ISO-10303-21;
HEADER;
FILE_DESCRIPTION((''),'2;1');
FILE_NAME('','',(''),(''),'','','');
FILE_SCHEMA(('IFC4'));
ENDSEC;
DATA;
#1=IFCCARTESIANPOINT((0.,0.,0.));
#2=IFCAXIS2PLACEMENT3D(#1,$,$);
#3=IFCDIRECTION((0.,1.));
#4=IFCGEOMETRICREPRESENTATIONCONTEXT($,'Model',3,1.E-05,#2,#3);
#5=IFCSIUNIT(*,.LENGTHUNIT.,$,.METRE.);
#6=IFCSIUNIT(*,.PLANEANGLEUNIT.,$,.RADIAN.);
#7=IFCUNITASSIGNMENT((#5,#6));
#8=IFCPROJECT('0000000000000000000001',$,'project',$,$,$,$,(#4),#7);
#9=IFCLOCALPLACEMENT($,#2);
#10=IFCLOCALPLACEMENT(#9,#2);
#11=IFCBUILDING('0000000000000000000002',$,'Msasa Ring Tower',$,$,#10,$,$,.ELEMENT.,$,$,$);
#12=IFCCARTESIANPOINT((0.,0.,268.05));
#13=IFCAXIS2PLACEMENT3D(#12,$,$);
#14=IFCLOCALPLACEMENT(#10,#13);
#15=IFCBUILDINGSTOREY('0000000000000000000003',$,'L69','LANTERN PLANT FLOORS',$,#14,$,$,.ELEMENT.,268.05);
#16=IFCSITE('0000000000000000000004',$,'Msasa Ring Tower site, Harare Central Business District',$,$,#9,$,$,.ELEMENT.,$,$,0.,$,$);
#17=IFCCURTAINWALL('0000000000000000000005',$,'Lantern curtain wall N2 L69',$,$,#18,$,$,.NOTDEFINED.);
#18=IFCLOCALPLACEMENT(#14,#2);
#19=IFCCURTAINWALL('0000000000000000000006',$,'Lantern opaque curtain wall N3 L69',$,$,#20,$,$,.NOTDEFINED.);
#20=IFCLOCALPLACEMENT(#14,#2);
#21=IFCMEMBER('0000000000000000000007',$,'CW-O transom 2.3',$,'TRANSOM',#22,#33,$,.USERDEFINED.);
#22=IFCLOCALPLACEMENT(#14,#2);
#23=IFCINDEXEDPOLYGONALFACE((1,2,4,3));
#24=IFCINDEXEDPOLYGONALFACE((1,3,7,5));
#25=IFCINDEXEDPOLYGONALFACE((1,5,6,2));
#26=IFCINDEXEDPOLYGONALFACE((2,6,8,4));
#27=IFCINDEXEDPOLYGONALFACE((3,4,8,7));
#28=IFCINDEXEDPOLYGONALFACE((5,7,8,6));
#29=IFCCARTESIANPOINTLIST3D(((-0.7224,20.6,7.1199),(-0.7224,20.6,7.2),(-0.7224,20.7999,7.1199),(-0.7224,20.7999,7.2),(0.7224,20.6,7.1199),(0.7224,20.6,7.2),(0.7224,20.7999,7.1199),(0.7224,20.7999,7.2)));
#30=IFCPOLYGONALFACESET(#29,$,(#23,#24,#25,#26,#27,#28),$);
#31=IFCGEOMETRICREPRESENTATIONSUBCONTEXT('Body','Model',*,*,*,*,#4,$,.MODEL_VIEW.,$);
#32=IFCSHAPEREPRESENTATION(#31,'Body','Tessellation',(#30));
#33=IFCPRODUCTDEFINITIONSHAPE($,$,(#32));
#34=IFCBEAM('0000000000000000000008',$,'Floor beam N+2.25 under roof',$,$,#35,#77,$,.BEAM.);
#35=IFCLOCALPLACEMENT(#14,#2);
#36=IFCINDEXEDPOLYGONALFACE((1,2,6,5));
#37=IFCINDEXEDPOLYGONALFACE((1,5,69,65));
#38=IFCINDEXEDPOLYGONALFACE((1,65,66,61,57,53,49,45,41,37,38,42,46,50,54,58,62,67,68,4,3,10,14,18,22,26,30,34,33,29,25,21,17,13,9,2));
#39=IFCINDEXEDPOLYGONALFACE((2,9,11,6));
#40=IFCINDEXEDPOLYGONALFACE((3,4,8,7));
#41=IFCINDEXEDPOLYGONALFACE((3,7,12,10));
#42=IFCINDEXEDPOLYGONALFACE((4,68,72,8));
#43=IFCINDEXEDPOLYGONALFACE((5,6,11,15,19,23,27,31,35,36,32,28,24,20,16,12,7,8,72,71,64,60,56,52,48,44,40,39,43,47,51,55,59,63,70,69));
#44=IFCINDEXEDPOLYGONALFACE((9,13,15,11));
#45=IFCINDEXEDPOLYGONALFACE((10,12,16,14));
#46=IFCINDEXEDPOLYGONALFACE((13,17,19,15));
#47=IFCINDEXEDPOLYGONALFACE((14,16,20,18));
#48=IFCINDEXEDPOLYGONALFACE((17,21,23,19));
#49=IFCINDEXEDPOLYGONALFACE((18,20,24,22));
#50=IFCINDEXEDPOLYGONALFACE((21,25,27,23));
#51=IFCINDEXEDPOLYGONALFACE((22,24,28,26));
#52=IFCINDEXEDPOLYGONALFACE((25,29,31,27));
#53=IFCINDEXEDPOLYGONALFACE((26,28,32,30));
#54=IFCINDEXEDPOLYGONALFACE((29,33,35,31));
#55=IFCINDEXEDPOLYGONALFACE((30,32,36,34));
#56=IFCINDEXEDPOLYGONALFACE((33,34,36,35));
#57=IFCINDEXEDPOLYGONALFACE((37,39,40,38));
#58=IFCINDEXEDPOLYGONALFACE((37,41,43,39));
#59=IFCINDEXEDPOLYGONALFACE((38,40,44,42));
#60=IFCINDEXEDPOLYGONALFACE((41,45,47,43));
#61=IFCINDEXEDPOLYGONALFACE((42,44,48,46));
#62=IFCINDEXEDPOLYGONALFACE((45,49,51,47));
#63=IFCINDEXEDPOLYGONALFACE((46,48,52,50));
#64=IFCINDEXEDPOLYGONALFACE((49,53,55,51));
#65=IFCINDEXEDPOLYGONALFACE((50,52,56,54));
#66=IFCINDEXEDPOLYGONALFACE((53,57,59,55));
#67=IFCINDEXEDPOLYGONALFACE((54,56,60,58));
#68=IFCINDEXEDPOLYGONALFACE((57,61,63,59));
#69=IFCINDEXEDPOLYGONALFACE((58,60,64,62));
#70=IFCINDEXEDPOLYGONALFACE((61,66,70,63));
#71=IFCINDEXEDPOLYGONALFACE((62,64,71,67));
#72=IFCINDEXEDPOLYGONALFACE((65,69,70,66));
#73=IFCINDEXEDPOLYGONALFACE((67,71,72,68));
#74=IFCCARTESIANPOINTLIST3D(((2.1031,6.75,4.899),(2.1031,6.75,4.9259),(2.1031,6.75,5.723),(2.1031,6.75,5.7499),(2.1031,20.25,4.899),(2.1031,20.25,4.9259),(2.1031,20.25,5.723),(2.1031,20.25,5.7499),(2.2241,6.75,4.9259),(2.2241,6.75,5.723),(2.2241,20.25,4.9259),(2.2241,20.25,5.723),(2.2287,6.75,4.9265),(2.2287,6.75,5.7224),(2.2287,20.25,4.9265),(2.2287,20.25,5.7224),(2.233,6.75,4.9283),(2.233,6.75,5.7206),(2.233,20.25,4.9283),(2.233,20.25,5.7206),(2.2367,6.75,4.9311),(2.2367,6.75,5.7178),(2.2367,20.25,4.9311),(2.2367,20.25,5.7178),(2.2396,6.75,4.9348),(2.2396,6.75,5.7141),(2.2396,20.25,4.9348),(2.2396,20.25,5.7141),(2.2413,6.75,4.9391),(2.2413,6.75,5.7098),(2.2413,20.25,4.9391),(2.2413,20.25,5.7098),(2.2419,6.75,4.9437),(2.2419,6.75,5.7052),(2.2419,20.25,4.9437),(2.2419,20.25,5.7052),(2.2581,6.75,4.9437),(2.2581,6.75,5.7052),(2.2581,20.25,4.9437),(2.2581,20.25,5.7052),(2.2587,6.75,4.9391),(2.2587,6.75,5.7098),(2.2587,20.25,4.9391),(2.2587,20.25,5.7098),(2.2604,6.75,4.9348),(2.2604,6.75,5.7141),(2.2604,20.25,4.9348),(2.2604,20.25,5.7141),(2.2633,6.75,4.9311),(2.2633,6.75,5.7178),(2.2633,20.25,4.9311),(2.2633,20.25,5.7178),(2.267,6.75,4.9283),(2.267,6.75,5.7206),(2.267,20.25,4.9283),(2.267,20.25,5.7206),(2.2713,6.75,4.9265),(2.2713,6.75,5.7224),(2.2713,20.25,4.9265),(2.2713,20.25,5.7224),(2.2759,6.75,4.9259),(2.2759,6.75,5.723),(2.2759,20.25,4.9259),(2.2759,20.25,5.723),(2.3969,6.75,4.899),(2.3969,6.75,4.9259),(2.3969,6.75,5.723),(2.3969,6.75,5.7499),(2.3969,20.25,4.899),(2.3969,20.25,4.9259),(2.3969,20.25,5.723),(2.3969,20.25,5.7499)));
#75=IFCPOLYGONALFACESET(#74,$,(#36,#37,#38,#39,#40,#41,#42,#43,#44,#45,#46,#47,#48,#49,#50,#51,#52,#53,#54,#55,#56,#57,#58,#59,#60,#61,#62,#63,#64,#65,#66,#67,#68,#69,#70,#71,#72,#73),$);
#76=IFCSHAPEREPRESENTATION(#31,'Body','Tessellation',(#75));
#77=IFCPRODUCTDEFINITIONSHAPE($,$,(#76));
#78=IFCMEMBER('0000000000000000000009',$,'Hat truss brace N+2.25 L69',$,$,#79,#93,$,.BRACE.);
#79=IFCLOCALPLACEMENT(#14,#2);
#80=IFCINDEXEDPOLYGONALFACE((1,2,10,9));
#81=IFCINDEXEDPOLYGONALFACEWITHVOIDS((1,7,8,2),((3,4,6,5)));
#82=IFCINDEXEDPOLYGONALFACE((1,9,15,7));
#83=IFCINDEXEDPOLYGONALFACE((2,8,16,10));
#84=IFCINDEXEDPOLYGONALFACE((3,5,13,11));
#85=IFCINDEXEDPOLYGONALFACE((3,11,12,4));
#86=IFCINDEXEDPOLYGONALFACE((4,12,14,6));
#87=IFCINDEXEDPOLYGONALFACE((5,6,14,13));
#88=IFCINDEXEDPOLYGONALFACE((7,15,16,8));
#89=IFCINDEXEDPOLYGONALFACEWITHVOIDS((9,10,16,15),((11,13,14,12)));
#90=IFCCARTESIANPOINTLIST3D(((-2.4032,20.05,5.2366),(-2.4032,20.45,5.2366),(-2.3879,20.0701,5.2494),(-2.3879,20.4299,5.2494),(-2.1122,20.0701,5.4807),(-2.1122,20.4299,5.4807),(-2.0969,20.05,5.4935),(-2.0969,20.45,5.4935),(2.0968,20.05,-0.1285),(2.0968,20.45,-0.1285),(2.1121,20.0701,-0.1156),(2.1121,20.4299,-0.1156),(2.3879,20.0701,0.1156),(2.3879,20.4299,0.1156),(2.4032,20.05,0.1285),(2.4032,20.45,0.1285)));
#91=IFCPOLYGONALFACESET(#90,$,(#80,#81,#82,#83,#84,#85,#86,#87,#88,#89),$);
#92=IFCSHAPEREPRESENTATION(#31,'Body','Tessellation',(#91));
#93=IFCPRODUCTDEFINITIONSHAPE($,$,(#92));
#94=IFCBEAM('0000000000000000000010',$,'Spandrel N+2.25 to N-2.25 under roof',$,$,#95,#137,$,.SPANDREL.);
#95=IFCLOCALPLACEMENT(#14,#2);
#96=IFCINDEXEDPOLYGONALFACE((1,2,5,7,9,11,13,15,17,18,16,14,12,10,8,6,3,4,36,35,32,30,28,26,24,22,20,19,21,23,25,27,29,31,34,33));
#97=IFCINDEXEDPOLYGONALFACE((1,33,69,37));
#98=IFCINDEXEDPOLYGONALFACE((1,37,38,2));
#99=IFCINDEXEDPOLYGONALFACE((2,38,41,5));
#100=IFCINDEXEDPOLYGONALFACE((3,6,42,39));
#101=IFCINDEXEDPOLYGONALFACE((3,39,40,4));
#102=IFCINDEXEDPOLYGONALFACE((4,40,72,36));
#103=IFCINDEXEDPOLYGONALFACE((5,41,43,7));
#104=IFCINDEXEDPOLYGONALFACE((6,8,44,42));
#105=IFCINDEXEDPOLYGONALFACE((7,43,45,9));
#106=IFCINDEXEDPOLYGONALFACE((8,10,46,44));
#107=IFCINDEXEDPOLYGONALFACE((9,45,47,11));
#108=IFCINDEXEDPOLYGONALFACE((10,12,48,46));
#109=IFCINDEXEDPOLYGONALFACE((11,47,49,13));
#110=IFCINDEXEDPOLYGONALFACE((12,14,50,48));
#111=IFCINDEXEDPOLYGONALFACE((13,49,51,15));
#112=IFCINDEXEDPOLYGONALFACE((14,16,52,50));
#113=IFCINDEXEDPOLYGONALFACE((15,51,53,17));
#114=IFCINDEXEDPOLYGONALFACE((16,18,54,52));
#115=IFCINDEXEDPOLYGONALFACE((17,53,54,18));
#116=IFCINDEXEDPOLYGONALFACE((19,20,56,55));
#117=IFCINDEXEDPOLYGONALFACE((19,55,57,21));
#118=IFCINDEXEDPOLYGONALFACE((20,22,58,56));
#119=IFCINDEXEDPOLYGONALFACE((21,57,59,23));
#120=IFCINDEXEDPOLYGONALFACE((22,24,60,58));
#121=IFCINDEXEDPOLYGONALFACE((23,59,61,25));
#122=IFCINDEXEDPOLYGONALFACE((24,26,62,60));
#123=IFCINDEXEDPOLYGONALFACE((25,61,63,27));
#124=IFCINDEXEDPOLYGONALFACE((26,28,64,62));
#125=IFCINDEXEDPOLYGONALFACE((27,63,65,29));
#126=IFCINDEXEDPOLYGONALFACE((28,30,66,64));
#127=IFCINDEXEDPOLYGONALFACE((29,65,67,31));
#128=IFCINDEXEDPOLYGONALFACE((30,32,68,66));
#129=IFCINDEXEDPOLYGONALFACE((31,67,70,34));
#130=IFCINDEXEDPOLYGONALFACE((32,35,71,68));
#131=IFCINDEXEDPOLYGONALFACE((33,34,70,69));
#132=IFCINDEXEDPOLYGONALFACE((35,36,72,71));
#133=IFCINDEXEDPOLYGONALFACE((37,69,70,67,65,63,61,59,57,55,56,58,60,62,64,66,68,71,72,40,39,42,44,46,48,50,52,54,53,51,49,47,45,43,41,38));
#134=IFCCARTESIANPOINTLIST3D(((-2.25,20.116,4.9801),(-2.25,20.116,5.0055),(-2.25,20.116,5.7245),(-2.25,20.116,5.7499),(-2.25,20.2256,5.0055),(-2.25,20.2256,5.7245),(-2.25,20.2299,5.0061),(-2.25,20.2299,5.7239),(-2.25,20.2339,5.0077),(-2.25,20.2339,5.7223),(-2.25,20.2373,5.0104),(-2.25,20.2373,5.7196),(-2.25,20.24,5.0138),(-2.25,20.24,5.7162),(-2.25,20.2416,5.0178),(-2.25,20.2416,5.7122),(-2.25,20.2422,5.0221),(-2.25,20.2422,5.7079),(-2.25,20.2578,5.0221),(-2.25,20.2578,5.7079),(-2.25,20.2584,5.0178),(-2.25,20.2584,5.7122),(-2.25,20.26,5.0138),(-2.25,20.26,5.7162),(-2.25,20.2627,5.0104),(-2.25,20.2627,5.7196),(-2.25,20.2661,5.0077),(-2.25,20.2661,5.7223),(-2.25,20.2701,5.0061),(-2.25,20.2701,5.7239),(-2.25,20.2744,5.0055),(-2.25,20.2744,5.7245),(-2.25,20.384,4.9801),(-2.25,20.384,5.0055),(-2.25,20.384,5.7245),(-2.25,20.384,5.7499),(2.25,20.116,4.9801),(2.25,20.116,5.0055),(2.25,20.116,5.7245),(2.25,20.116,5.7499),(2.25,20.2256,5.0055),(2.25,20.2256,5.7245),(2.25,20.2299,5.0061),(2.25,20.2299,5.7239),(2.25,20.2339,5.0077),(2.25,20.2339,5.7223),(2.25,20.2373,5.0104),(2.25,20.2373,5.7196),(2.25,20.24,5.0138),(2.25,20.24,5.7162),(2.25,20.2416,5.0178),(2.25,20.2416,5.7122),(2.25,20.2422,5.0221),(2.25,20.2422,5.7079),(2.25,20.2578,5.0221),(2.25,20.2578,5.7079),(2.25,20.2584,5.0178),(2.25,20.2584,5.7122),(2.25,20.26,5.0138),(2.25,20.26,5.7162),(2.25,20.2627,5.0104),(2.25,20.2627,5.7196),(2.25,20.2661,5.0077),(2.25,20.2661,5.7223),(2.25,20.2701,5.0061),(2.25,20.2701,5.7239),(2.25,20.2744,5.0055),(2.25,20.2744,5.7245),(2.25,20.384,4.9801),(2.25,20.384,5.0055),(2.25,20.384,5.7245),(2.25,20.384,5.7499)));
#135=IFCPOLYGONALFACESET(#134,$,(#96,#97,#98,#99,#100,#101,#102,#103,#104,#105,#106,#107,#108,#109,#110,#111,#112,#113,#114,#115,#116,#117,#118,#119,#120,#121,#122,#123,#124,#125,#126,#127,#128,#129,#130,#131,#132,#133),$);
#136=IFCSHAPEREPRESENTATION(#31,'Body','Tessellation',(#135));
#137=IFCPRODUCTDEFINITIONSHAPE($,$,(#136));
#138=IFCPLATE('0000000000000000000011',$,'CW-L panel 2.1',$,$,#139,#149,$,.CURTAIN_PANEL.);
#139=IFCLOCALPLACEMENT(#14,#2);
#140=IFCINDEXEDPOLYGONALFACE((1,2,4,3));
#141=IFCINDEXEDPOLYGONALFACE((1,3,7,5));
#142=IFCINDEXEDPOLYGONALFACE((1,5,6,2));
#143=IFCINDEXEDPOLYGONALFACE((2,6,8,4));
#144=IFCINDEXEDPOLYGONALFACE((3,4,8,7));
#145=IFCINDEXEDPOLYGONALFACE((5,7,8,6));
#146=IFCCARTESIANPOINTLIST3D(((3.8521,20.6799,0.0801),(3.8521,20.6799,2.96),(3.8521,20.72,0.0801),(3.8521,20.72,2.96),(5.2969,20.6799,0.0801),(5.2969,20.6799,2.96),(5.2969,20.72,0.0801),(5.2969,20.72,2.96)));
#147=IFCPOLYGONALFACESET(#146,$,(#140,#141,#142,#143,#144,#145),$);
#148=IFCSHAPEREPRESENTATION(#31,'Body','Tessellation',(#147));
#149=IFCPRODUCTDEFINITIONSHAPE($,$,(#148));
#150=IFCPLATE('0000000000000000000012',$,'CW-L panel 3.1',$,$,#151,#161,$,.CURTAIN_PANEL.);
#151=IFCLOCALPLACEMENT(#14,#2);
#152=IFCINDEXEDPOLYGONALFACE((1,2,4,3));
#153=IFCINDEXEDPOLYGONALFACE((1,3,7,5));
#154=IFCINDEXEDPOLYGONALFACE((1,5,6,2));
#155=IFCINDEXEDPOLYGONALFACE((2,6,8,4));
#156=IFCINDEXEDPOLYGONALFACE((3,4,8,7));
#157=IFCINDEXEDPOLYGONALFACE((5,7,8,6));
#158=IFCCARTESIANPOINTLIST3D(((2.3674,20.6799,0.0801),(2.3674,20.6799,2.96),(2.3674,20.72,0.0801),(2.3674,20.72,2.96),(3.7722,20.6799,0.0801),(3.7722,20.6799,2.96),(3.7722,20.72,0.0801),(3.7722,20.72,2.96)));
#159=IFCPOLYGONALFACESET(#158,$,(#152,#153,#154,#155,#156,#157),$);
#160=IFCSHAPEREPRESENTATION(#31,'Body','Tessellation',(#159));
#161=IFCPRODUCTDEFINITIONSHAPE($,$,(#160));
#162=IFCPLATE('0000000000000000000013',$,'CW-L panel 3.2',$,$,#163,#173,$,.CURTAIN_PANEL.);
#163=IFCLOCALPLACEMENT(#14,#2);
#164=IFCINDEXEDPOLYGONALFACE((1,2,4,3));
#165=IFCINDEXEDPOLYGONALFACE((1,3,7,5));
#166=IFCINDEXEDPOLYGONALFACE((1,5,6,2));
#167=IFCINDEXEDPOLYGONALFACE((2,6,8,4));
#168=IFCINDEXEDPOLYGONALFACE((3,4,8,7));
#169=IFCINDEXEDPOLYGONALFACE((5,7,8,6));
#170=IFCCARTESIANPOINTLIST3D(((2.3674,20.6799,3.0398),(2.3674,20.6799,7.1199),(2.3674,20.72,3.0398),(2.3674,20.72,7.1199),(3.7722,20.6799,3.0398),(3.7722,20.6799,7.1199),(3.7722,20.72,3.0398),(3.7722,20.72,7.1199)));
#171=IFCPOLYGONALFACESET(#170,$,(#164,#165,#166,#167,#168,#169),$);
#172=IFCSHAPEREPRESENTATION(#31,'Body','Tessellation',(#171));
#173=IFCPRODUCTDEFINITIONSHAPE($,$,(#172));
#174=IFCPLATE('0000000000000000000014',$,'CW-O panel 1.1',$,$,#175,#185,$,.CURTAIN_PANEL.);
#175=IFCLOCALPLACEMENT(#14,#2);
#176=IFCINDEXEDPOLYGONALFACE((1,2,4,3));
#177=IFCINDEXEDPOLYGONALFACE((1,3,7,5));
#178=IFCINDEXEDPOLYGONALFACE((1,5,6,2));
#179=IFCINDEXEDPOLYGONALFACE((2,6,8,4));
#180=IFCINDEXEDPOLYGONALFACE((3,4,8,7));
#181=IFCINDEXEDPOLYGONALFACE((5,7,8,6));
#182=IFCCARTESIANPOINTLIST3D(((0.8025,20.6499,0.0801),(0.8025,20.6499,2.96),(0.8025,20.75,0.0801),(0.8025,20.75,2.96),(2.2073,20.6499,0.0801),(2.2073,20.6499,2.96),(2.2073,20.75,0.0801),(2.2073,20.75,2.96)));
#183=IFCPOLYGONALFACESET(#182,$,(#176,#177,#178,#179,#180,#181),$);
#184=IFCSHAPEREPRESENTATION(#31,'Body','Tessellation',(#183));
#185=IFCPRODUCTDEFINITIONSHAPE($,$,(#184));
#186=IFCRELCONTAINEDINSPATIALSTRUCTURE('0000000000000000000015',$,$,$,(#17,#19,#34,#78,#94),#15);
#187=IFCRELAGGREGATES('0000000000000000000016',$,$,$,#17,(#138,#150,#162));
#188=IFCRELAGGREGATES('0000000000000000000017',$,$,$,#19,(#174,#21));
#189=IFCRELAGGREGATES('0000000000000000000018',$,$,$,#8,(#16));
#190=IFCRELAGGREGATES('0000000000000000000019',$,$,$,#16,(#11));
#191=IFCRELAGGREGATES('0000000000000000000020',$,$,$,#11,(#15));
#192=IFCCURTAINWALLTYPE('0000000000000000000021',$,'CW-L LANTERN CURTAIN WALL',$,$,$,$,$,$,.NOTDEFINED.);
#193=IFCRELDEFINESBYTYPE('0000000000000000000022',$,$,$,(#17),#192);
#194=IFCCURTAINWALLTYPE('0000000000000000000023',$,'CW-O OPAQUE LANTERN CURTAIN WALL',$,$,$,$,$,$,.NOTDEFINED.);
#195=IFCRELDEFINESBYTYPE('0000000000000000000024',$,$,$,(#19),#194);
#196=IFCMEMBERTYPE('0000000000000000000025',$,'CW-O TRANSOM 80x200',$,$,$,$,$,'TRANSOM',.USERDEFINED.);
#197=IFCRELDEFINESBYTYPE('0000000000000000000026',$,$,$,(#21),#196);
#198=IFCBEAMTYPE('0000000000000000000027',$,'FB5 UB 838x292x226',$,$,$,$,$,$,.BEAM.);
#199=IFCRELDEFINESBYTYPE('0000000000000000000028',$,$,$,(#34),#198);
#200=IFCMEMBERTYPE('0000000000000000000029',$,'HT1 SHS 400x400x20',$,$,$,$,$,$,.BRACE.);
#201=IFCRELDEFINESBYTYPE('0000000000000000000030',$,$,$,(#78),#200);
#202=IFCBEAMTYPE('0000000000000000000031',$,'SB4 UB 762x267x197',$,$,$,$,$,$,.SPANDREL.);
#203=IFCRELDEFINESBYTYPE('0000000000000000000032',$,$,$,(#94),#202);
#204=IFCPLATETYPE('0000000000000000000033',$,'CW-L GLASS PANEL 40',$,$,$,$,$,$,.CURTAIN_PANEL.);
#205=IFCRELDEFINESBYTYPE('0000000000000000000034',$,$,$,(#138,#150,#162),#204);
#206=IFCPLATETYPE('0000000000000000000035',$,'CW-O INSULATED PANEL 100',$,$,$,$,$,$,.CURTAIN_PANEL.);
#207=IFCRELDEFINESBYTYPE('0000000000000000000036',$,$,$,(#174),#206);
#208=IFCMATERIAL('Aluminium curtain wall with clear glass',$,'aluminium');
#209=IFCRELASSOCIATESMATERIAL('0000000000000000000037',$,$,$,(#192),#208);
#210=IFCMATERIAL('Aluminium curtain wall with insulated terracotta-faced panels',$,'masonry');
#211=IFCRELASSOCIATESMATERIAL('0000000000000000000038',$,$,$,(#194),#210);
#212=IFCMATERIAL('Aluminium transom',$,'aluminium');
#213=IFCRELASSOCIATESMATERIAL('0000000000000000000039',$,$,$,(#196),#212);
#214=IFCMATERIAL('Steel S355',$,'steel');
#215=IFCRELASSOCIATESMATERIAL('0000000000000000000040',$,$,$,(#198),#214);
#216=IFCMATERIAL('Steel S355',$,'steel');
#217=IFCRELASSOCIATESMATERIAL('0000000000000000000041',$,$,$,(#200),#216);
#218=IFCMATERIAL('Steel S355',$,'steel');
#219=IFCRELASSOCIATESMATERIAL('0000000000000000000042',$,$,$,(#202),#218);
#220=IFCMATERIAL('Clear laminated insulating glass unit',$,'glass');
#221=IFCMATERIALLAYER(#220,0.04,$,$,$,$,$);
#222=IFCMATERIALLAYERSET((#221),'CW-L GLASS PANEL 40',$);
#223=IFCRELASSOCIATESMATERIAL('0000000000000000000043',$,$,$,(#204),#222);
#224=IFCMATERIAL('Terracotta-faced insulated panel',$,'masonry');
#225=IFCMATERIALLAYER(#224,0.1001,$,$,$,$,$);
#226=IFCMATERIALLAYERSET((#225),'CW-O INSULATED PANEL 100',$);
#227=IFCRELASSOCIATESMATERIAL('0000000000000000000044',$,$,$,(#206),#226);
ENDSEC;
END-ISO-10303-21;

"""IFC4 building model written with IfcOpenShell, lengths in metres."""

from ifc_helpers import new_model, si_unit, direction, frame, origin, origin_2d, place, context, subcontext, project, spatial, rectangle, hollow_rectangle, i_section, extrude, material, layer, layer_set, material_profile, profile_set, type_object, element, aggregate, save


model = new_model("IFC4")

# Units and contexts
model_context = context("Model", 3, precision=1e-05, world=origin(), true_north=direction((0.0, 1.0)))
body_context = subcontext(model_context, "Body", "Model", "MODEL_VIEW")
ifc_project = project(units=[si_unit("LENGTHUNIT", "METRE"), si_unit("PLANEANGLEUNIT", "RADIAN")], contexts=[model_context])

# Site, building, storey
site_placement = place(None, origin())
site = spatial("IfcSite", under=ifc_project, at=site_placement, Name="Msasa Ring Tower site, Harare Central Business District", CompositionType="ELEMENT", RefElevation=0.0)
building_placement = place(site_placement, origin())
building = spatial("IfcBuilding", under=site, at=building_placement, Name="Msasa Ring Tower", CompositionType="ELEMENT")
storey_placement = place(building_placement, frame((0.0, 0.0, 268.05)))
storey = spatial("IfcBuildingStorey", under=building, at=storey_placement, Name="L69", Description="LANTERN PLANT FLOORS", CompositionType="ELEMENT", Elevation=268.05)

# Curtain walls, member
ifc_material_1 = material(Name="Aluminium curtain wall with clear glass", Category="aluminium")
curtain_wall_type_1 = type_object("IfcCurtainWallType", Name="CW-L LANTERN CURTAIN WALL", PredefinedType="NOTDEFINED", material=ifc_material_1)
curtain_wall_1_placement = place(storey_placement, origin())
curtain_wall_1 = element("IfcCurtainWall", 1, at=curtain_wall_1_placement, inside=storey, type_object=curtain_wall_type_1, Name="Lantern curtain wall N2 L69", PredefinedType="NOTDEFINED")
ifc_material_2 = material(Name="Aluminium curtain wall with insulated terracotta-faced panels", Category="masonry")
curtain_wall_type_2 = type_object("IfcCurtainWallType", Name="CW-O OPAQUE LANTERN CURTAIN WALL", PredefinedType="NOTDEFINED", material=ifc_material_2)
curtain_wall_2_placement = place(storey_placement, origin())
curtain_wall_2 = element("IfcCurtainWall", 2, at=curtain_wall_2_placement, inside=storey, type_object=curtain_wall_type_2, Name="Lantern opaque curtain wall N3 L69", PredefinedType="NOTDEFINED")
ifc_material_3 = material(Name="Aluminium transom", Category="aluminium")
ifc_material_profile_1 = material_profile(ifc_material_3, rectangle(XDim=0.2, YDim=0.0801, at=origin_2d()), Name="AL 80x200")
ifc_profile_set_1 = profile_set([ifc_material_profile_1], Name="Aluminium transom")
member_type_1 = type_object("IfcMemberType", Name="CW-O TRANSOM 80x200", ElementType="TRANSOM", PredefinedType="USERDEFINED", material=ifc_profile_set_1)
member_1_placement = place(storey_placement, frame((0.7224, 20.7, 7.1599), z_axis=(-1.0, 0.0, 0.0), x_axis=(0.0, -1.0, 0.0)))
member_1 = element("IfcMember", 3, at=member_1_placement, type_object=member_type_1, Name="CW-O transom 2.3", ObjectType="TRANSOM", PredefinedType="USERDEFINED", context=body_context, shape_type="SweptSolid", body=[
    extrude(rectangle(XDim=0.2, YDim=0.0801, at=origin_2d()), origin(), (0.0, 0.0, 1.0), 1.4448),
])

# Beam
ifc_material_4 = material(Name="Steel S355", Category="steel")
ifc_material_profile_2 = material_profile(ifc_material_4, i_section(OverallWidth=0.2937, OverallDepth=0.8508, WebThickness=0.0161, FlangeThickness=0.0269, FilletRadius=0.0178, at=origin_2d()), Name="UB 838x292x226")
ifc_profile_set_2 = profile_set([ifc_material_profile_2], Name="Steel S355")
beam_type_1 = type_object("IfcBeamType", Name="FB5 UB 838x292x226", PredefinedType="BEAM", material=ifc_profile_set_2)
beam_1_placement = place(storey_placement, frame((2.25, 20.25, 5.3245), z_axis=(0.0, -1.0, 0.0), x_axis=(1.0, 0.0, 0.0)))
element("IfcBeam", 4, at=beam_1_placement, inside=storey, type_object=beam_type_1, Name="Floor beam N+2.25 under roof", PredefinedType="BEAM", context=body_context, shape_type="SweptSolid", body=[
    extrude(i_section(OverallWidth=0.2937, OverallDepth=0.8508, WebThickness=0.0161, FlangeThickness=0.0269, FilletRadius=0.0178, at=origin_2d()), origin(), (0.0, 0.0, 1.0), 13.5),
])

# Member
ifc_material_5 = material(Name="Steel S355", Category="steel")
ifc_material_profile_3 = material_profile(ifc_material_5, hollow_rectangle(XDim=0.3999, YDim=0.3999, WallThickness=0.02, at=origin_2d()), Name="SHS 400x400x20")
ifc_profile_set_3 = profile_set([ifc_material_profile_3], Name="Steel S355")
member_type_2 = type_object("IfcMemberType", Name="HT1 SHS 400x400x20", PredefinedType="BRACE", material=ifc_profile_set_3)
member_2_placement = place(storey_placement, frame((2.25, 20.25, 0.0), z_axis=(-0.64264, 0.0, 0.766168), x_axis=(0.0, -1.0, 0.0)))
element("IfcMember", 5, at=member_2_placement, inside=storey, type_object=member_type_2, Name="Hat truss brace N+2.25 L69", PredefinedType="BRACE", context=body_context, shape_type="SweptSolid", body=[
    extrude(hollow_rectangle(XDim=0.3999, YDim=0.3999, WallThickness=0.02, at=origin_2d()), origin(), (0.0, 0.0, 1.0), 7.0024),
])

# Beam
ifc_material_6 = material(Name="Steel S355", Category="steel")
ifc_material_profile_4 = material_profile(ifc_material_6, i_section(OverallWidth=0.2681, OverallDepth=0.7698, WebThickness=0.0156, FlangeThickness=0.0254, FilletRadius=0.0166, at=origin_2d()), Name="UB 762x267x197")
ifc_profile_set_4 = profile_set([ifc_material_profile_4], Name="Steel S355")
beam_type_2 = type_object("IfcBeamType", Name="SB4 UB 762x267x197", PredefinedType="SPANDREL", material=ifc_profile_set_4)
beam_2_placement = place(storey_placement, frame((2.25, 20.25, 5.365), z_axis=(-1.0, 0.0, 0.0), x_axis=(0.0, -1.0, 0.0)))
element("IfcBeam", 6, at=beam_2_placement, inside=storey, type_object=beam_type_2, Name="Spandrel N+2.25 to N-2.25 under roof", PredefinedType="SPANDREL", context=body_context, shape_type="SweptSolid", body=[
    extrude(i_section(OverallWidth=0.2681, OverallDepth=0.7698, WebThickness=0.0156, FlangeThickness=0.0254, FilletRadius=0.0166, at=origin_2d()), origin(), (0.0, 0.0, 1.0), 4.5),
])

# Plates
ifc_material_7 = material(Name="Clear laminated insulating glass unit", Category="glass")
ifc_layer_1 = layer(ifc_material_7, 0.04)
ifc_layer_set_1 = layer_set([ifc_layer_1], Name="CW-L GLASS PANEL 40")
plate_type_1 = type_object("IfcPlateType", Name="CW-L GLASS PANEL 40", PredefinedType="CURTAIN_PANEL", material=ifc_layer_set_1)
plate_1_placement = place(storey_placement, frame((4.5745, 20.7, 0.0801), z_axis=(0.0, 0.0, 1.0), x_axis=(-1.0, 0.0, 0.0)))
plate_1 = element("IfcPlate", 7, at=plate_1_placement, type_object=plate_type_1, Name="CW-L panel 2.1", PredefinedType="CURTAIN_PANEL", context=body_context, shape_type="SweptSolid", body=[
    extrude(rectangle(XDim=1.4448, YDim=0.04, at=origin_2d()), origin(), (0.0, 0.0, 1.0), 2.8799),
])
plate_2_placement = place(storey_placement, frame((3.0698, 20.7, 0.0801), z_axis=(0.0, 0.0, 1.0), x_axis=(-1.0, 0.0, 0.0)))
plate_2 = element("IfcPlate", 8, at=plate_2_placement, type_object=plate_type_1, Name="CW-L panel 3.1", PredefinedType="CURTAIN_PANEL", context=body_context, shape_type="SweptSolid", body=[
    extrude(rectangle(XDim=1.4048, YDim=0.04, at=origin_2d()), origin(), (0.0, 0.0, 1.0), 2.8799),
])
plate_3_placement = place(storey_placement, frame((3.0698, 20.7, 3.0398), z_axis=(0.0, 0.0, 1.0), x_axis=(-1.0, 0.0, 0.0)))
plate_3 = element("IfcPlate", 9, at=plate_3_placement, type_object=plate_type_1, Name="CW-L panel 3.2", PredefinedType="CURTAIN_PANEL", context=body_context, shape_type="SweptSolid", body=[
    extrude(rectangle(XDim=1.4048, YDim=0.04, at=origin_2d()), origin(), (0.0, 0.0, 1.0), 4.0801),
])
aggregate(curtain_wall_1, [plate_1, plate_2, plate_3])
ifc_material_8 = material(Name="Terracotta-faced insulated panel", Category="masonry")
ifc_layer_2 = layer(ifc_material_8, 0.1001)
ifc_layer_set_2 = layer_set([ifc_layer_2], Name="CW-O INSULATED PANEL 100")
plate_type_2 = type_object("IfcPlateType", Name="CW-O INSULATED PANEL 100", PredefinedType="CURTAIN_PANEL", material=ifc_layer_set_2)
plate_4_placement = place(storey_placement, frame((1.5049, 20.7, 0.0801), z_axis=(0.0, 0.0, 1.0), x_axis=(-1.0, 0.0, 0.0)))
plate_4 = element("IfcPlate", 10, at=plate_4_placement, type_object=plate_type_2, Name="CW-O panel 1.1", PredefinedType="CURTAIN_PANEL", context=body_context, shape_type="SweptSolid", body=[
    extrude(rectangle(XDim=1.4048, YDim=0.1001, at=origin_2d()), origin(), (0.0, 0.0, 1.0), 2.8799),
])
aggregate(curtain_wall_2, [plate_4, member_1])

save(model, "model.ifc")
